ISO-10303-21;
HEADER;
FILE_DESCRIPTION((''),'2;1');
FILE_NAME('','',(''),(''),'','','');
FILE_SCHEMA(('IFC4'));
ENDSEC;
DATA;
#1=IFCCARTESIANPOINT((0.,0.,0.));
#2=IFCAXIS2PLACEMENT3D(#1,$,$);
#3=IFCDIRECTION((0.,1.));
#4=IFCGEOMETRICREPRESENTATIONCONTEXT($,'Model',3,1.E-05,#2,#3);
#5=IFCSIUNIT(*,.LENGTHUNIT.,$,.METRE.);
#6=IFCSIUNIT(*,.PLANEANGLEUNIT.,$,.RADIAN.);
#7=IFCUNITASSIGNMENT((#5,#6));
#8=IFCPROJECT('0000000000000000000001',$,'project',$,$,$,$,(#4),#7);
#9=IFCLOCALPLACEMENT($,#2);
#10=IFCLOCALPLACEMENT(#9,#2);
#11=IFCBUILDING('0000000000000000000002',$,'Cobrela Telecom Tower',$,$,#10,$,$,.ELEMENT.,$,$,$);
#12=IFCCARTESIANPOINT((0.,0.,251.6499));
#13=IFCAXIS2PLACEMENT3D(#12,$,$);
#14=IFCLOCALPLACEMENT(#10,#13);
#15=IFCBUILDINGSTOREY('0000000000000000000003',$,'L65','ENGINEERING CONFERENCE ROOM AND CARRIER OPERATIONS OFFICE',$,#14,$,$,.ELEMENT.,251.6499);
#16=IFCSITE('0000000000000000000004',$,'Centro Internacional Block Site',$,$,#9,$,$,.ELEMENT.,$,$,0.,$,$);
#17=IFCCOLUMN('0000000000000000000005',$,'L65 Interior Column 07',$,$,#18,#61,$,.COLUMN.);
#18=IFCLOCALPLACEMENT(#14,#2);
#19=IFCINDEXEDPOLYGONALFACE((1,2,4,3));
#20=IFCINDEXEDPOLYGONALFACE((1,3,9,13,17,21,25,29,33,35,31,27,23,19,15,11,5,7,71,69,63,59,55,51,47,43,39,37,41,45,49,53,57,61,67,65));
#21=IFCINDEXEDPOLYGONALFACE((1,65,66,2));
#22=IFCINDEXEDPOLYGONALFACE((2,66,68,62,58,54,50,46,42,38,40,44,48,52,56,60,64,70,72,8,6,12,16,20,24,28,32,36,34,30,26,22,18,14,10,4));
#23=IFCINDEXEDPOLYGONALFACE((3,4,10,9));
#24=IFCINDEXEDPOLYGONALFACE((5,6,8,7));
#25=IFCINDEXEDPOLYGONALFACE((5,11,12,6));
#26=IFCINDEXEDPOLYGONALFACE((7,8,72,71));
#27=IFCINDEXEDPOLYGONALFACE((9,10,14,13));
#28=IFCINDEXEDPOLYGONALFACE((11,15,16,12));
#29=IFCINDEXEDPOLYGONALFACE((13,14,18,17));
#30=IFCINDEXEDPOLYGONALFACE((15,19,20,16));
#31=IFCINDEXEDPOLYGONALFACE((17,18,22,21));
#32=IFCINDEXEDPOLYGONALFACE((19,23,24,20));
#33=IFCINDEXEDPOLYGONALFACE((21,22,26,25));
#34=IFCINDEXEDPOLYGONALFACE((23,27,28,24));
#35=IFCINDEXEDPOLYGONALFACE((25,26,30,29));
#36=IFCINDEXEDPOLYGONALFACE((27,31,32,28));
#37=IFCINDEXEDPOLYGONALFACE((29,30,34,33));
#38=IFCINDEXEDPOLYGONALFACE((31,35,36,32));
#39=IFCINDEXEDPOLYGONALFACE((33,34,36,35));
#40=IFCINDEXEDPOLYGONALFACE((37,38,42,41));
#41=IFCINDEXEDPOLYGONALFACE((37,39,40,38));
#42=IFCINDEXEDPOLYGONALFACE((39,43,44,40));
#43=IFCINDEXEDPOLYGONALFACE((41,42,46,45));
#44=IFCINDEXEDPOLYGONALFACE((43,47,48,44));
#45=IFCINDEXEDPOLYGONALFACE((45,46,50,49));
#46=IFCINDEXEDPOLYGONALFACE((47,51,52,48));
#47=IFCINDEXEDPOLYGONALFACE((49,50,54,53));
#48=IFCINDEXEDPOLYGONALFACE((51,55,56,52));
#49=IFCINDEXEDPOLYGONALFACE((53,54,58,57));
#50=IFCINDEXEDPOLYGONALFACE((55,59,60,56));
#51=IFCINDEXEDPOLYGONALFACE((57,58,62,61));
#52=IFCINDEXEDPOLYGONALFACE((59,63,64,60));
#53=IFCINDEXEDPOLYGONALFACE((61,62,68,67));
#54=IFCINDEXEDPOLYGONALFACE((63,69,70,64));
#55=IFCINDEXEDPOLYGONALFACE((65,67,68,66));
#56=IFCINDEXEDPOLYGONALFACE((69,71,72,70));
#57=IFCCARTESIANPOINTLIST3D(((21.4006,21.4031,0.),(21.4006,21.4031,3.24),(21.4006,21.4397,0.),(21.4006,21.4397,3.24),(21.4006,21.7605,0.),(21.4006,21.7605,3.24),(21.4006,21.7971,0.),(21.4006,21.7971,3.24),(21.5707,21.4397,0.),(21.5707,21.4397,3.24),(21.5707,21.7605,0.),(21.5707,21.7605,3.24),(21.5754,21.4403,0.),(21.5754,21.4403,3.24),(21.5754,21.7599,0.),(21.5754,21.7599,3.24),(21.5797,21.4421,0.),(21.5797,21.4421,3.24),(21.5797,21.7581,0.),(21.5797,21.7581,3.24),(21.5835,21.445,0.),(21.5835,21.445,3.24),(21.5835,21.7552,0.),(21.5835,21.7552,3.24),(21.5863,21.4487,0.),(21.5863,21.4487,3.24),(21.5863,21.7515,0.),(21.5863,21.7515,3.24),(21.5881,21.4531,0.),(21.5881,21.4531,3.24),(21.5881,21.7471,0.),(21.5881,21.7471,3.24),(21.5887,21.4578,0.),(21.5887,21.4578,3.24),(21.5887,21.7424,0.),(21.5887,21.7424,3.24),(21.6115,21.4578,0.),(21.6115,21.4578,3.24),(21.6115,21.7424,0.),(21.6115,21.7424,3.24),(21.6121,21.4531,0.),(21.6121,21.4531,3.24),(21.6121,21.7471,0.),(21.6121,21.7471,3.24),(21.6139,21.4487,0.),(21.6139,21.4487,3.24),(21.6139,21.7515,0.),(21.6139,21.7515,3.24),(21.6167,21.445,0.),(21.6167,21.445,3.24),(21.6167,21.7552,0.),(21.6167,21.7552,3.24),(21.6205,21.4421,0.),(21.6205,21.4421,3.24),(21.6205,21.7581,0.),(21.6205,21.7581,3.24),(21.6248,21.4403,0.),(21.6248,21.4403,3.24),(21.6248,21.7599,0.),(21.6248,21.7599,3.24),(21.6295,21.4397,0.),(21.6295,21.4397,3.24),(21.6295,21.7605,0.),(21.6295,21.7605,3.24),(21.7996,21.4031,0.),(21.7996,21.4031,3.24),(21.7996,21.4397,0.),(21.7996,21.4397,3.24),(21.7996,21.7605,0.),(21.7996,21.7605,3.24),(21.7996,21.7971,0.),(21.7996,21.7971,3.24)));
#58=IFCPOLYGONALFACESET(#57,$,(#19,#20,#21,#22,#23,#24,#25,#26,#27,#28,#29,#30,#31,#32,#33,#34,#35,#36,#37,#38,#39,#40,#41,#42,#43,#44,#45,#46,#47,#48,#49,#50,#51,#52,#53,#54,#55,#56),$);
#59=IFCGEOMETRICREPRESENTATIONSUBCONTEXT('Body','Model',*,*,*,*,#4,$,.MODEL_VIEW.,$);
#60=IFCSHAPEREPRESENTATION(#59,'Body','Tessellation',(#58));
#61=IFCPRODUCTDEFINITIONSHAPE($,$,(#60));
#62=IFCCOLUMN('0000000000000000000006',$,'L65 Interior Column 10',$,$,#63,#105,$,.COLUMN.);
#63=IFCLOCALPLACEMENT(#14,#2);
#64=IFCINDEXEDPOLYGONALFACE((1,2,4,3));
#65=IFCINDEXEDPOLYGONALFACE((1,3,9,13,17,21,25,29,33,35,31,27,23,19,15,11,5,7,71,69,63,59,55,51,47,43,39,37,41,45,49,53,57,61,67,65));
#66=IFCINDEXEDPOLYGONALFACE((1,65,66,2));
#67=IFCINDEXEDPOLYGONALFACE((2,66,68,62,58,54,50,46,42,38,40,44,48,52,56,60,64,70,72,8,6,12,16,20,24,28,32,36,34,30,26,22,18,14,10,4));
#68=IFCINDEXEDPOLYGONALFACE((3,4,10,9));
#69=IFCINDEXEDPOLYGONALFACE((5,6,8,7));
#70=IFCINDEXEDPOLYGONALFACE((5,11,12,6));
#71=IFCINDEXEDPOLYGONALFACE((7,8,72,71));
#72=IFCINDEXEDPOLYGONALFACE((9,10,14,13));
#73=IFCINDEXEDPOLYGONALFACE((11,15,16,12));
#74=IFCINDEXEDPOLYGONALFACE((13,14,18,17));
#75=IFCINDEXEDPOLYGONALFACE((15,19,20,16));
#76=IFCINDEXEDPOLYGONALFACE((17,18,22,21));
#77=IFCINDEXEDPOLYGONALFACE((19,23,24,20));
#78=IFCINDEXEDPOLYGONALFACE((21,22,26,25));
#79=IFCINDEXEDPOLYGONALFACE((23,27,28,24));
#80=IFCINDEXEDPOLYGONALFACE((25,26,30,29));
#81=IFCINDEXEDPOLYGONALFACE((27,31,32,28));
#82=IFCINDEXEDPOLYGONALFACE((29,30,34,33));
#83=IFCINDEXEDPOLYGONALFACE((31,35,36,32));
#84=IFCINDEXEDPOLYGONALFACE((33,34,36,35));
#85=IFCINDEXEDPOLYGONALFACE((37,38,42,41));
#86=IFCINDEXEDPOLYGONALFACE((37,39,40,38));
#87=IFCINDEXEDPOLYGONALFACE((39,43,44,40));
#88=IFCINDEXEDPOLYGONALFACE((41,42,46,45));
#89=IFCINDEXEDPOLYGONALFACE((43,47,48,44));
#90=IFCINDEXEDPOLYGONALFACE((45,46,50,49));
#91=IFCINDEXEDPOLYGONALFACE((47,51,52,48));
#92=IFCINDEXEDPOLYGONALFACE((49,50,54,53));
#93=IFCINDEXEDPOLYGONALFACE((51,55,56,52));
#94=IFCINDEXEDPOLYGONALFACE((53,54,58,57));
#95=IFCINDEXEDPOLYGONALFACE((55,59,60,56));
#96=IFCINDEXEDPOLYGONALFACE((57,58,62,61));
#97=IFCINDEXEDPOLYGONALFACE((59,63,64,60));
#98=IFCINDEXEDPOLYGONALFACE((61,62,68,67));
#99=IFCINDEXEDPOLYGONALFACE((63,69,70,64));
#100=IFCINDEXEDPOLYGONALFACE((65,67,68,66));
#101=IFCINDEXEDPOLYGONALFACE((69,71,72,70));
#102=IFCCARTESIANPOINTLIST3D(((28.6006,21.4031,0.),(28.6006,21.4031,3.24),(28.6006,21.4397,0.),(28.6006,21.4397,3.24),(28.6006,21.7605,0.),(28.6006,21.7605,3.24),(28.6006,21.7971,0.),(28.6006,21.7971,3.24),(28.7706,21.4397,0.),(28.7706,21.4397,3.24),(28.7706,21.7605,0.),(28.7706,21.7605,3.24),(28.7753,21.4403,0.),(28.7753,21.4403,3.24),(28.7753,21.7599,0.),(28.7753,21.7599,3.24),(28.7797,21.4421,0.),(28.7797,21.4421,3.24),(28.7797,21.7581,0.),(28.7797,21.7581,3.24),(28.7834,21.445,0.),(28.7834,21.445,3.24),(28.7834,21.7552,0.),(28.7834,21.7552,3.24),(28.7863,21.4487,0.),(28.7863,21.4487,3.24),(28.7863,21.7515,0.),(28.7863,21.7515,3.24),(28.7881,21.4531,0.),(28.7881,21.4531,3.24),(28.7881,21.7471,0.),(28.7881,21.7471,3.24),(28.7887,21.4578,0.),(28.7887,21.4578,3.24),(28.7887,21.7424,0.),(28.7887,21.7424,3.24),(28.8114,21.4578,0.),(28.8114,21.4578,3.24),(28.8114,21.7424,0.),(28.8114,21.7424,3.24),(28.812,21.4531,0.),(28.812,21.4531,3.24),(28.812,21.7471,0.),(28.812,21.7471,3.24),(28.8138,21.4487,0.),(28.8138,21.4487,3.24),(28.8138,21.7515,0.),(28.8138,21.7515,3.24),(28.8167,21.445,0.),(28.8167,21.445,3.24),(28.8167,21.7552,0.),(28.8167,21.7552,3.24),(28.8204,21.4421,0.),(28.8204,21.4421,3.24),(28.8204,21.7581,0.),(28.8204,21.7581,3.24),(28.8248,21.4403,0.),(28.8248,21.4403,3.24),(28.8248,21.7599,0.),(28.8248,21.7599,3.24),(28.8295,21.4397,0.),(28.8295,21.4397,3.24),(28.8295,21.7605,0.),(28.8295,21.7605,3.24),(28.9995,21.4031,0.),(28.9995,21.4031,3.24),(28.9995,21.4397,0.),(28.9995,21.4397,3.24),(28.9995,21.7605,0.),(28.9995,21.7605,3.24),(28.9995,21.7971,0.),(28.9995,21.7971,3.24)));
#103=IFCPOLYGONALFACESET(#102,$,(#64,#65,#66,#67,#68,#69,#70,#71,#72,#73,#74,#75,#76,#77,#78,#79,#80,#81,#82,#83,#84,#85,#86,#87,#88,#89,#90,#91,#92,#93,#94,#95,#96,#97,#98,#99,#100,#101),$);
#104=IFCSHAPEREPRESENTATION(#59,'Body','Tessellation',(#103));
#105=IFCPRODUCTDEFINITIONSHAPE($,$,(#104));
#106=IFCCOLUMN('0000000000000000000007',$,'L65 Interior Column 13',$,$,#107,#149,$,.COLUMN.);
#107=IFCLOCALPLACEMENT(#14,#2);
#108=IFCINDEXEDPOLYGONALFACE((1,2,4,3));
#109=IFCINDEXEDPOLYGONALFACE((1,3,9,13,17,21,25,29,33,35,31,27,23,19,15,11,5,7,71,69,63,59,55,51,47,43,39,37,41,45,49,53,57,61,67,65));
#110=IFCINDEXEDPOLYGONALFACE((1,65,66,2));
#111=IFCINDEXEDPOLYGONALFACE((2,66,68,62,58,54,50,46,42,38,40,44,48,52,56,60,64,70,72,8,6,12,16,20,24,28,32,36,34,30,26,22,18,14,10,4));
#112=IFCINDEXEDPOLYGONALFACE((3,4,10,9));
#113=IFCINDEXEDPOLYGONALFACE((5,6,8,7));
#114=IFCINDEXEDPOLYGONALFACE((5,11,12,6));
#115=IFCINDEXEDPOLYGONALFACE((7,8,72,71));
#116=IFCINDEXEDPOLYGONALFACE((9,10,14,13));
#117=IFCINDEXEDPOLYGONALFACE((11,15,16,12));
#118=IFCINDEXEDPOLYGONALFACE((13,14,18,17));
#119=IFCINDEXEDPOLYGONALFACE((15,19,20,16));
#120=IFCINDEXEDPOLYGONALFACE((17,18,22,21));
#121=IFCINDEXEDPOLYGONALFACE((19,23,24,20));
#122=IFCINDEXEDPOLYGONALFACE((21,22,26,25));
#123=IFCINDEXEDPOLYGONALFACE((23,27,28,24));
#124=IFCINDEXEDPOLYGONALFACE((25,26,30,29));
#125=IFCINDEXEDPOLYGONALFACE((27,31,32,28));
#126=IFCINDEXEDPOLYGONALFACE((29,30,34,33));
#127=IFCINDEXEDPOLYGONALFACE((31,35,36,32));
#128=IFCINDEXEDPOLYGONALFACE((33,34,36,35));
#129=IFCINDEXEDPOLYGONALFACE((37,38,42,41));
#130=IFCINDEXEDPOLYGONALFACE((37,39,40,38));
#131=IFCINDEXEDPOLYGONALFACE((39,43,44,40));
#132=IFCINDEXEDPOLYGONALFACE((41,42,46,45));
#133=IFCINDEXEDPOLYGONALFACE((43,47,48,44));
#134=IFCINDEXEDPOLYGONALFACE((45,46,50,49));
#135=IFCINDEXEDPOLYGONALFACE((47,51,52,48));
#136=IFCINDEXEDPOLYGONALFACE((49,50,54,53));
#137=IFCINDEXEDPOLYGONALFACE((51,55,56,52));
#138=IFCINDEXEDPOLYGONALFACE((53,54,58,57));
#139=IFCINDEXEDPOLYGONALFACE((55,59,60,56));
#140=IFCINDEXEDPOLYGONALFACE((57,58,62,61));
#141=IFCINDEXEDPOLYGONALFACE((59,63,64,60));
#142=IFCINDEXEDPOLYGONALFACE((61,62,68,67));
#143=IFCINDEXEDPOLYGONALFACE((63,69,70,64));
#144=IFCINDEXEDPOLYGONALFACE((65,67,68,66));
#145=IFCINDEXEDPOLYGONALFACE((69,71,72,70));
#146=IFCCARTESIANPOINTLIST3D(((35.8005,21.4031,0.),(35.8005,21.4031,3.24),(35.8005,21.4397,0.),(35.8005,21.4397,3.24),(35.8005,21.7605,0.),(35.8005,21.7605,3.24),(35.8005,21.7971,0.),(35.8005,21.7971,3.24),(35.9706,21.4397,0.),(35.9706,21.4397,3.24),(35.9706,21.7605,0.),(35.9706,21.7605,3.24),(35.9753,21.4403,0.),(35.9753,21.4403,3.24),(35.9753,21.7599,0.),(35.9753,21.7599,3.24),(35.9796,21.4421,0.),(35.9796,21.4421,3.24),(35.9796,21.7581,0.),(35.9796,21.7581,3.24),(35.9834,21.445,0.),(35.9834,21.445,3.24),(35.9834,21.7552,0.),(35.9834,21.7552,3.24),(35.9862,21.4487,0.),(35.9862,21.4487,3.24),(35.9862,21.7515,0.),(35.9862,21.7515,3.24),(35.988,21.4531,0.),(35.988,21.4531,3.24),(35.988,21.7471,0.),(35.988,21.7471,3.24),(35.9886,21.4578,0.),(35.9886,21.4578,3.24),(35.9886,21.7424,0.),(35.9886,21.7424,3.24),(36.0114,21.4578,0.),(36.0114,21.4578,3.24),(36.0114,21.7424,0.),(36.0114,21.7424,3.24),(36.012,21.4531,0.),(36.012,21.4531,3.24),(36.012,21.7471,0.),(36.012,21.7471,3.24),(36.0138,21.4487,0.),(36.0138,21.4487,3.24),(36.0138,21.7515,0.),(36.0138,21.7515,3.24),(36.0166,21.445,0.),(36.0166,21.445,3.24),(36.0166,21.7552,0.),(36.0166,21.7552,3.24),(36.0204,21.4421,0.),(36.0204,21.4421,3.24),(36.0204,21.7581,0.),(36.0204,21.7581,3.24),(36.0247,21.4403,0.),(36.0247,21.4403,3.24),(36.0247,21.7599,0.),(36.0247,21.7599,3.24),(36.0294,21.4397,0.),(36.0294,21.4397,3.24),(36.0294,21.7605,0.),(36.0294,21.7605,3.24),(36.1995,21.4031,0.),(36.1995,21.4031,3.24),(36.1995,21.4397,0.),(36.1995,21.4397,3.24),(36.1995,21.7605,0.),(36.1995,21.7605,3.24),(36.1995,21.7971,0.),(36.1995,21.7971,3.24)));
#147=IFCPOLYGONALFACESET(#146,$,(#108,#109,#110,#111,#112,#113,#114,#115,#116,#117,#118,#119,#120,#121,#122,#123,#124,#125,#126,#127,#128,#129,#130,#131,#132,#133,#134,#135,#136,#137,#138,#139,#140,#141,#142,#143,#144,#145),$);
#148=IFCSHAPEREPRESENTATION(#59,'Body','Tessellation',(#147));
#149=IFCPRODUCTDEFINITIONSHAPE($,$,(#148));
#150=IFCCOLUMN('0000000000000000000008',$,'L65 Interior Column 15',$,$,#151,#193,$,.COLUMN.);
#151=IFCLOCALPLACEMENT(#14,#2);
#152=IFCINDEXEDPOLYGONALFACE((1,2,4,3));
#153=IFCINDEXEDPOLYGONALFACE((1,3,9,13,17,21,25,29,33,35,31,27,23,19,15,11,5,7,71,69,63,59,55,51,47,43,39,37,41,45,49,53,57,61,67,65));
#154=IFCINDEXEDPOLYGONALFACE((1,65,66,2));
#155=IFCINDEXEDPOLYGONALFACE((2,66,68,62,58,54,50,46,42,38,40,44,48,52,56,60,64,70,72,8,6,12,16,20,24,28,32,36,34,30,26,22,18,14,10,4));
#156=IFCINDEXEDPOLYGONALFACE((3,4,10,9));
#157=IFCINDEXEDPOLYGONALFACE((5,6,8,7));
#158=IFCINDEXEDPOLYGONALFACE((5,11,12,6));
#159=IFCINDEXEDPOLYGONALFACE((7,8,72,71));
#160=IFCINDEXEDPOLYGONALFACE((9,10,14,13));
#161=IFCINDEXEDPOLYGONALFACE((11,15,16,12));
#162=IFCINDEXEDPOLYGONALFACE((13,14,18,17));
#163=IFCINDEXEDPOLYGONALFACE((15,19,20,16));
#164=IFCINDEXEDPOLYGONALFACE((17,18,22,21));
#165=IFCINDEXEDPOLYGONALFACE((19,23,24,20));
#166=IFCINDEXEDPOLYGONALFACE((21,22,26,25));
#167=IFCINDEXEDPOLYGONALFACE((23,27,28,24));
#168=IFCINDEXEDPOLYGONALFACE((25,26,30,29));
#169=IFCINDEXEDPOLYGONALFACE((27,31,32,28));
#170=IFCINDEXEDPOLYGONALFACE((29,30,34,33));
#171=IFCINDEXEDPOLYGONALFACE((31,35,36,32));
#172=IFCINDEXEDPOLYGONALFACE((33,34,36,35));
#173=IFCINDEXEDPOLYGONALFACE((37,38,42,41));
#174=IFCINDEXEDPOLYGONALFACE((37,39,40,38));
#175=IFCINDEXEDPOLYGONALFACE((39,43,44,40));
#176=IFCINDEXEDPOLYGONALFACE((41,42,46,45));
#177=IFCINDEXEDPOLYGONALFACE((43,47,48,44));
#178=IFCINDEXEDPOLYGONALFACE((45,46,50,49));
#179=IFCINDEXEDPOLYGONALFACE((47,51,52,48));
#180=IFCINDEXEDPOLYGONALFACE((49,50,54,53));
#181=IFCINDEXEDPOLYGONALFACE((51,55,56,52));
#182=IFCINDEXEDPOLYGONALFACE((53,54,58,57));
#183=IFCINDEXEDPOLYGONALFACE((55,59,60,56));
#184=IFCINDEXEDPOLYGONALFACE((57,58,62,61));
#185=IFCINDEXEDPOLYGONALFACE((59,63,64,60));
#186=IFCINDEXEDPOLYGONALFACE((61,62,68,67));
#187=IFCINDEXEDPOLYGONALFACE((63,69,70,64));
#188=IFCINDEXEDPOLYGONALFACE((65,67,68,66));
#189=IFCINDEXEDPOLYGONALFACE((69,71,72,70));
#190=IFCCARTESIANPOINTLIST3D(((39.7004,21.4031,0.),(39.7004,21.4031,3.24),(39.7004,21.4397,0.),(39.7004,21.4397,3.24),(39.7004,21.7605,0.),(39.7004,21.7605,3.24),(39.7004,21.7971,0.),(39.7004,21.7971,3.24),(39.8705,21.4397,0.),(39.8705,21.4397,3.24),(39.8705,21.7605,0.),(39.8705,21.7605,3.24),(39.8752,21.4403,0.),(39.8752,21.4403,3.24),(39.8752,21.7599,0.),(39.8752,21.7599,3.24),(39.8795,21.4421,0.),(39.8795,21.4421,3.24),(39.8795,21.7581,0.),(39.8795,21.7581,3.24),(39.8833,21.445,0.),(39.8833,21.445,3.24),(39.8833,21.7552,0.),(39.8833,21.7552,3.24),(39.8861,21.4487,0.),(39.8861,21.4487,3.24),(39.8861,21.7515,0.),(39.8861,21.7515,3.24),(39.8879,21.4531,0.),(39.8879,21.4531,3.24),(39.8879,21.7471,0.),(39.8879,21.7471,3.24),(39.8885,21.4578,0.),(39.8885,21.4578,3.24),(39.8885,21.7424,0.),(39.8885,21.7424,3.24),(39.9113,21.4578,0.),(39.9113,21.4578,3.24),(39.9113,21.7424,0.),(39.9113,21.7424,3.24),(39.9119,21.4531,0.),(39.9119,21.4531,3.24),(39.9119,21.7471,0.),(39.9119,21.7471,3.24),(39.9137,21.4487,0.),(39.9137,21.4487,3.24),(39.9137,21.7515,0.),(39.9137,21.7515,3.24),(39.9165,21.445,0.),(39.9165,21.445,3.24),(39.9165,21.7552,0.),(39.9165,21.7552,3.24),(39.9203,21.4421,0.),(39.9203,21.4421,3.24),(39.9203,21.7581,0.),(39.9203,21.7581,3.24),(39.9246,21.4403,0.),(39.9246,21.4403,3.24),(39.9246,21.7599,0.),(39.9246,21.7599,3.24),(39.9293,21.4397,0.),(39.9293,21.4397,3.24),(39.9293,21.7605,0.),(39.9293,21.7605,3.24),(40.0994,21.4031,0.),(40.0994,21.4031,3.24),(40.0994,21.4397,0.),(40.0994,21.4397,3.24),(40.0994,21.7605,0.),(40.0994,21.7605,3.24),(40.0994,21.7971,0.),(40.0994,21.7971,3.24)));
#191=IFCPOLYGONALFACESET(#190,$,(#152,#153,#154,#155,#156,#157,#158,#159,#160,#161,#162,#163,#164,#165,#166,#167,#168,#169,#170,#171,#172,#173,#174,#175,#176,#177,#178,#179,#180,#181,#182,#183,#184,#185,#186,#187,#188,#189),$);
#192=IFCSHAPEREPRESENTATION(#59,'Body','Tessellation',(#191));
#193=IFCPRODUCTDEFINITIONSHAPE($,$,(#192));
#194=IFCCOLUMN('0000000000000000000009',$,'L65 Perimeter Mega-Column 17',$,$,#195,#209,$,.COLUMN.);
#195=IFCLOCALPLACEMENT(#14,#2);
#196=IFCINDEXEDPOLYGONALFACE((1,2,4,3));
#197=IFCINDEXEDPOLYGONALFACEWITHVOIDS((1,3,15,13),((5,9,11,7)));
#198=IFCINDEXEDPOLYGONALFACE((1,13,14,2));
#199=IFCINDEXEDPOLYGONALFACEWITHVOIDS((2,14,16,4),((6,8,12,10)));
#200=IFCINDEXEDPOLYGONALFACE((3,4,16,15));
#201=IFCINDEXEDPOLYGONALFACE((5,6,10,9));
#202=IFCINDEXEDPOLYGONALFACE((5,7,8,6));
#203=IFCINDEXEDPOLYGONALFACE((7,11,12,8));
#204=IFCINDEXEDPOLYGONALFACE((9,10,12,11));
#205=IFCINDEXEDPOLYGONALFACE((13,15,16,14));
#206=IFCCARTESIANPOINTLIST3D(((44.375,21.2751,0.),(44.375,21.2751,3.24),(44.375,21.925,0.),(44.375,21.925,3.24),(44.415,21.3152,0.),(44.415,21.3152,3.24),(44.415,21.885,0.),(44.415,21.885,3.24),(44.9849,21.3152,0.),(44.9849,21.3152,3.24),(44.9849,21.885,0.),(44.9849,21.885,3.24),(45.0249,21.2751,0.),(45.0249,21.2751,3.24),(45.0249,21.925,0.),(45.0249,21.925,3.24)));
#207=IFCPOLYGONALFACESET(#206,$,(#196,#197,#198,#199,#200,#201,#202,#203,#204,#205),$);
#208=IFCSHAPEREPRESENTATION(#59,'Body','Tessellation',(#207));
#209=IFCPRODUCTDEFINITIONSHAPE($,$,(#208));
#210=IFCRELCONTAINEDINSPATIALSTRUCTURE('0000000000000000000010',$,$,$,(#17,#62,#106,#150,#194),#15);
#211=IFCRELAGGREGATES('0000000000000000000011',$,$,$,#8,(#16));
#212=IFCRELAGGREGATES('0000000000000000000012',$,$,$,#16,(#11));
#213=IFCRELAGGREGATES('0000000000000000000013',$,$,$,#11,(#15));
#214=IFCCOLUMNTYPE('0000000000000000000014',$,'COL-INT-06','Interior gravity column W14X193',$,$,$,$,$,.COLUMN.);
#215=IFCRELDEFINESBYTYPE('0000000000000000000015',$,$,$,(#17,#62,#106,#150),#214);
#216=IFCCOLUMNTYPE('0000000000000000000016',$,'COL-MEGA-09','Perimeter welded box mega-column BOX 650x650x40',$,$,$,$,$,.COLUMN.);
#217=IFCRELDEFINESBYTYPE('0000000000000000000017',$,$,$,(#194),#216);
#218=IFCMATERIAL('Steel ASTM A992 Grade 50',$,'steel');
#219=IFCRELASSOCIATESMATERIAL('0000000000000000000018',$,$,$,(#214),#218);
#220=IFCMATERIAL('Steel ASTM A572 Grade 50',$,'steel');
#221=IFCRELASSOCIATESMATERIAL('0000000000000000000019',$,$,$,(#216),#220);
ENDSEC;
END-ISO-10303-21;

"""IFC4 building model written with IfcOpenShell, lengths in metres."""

from ifc_helpers import new_model, si_unit, direction, frame, origin, origin_2d, place, context, subcontext, project, spatial, hollow_rectangle, i_section, extrude, material, material_profile, profile_set, type_object, element, save


model = new_model("IFC4")

# Units and contexts
model_context = context("Model", 3, precision=1e-05, world=origin(), true_north=direction((0.0, 1.0)))
body_context = subcontext(model_context, "Body", "Model", "MODEL_VIEW")
ifc_project = project(units=[si_unit("LENGTHUNIT", "METRE"), si_unit("PLANEANGLEUNIT", "RADIAN")], contexts=[model_context])

# Site, building, storey
site_placement = place(None, origin())
site = spatial("IfcSite", under=ifc_project, at=site_placement, Name="Centro Internacional Block Site", CompositionType="ELEMENT", RefElevation=0.0)
building_placement = place(site_placement, origin())
building = spatial("IfcBuilding", under=site, at=building_placement, Name="Cobrela Telecom Tower", CompositionType="ELEMENT")
storey_placement = place(building_placement, frame((0.0, 0.0, 251.6499)))
storey = spatial("IfcBuildingStorey", under=building, at=storey_placement, Name="L65", Description="ENGINEERING CONFERENCE ROOM AND CARRIER OPERATIONS OFFICE", CompositionType="ELEMENT", Elevation=251.6499)

# Columns
ifc_material_1 = material(Name="Steel ASTM A992 Grade 50", Category="steel")
ifc_material_profile_1 = material_profile(ifc_material_1, i_section(OverallWidth=0.3989, OverallDepth=0.394, WebThickness=0.0227, FlangeThickness=0.0366, FilletRadius=0.0181, at=origin_2d()), Name="W14X193")
ifc_profile_set_1 = profile_set([ifc_material_profile_1], Name="Steel ASTM A992 Grade 50")
column_type_1 = type_object("IfcColumnType", Name="COL-INT-06", Description="Interior gravity column W14X193", PredefinedType="COLUMN", material=ifc_profile_set_1)
for number, where, z_axis, x_axis, name in (
    (1, (21.6001, 21.6001, 0.0), (0.0, 0.0, 1.0), (1.0, 0.0, 0.0), "L65 Interior Column 07"),
    (2, (28.8, 21.6001, 0.0), (0.0, 0.0, 1.0), (1.0, 0.0, 0.0), "L65 Interior Column 10"),
    (3, (36.0, 21.6001, 0.0), (0.0, 0.0, 1.0), (1.0, 0.0, 0.0), "L65 Interior Column 13"),
    (4, (39.8999, 21.6001, 0.0), (0.0, 0.0, 1.0), (1.0, 0.0, 0.0), "L65 Interior Column 15"),
):
    element("IfcColumn", number, at=place(storey_placement, frame(where, z_axis=z_axis, x_axis=x_axis)), inside=storey, type_object=column_type_1, Name=name, PredefinedType="COLUMN", context=body_context, shape_type="SweptSolid", body=[
        extrude(i_section(OverallWidth=0.3989, OverallDepth=0.394, WebThickness=0.0227, FlangeThickness=0.0366, FilletRadius=0.0181, at=origin_2d()), origin(), (0.0, 0.0, 1.0), 3.24),
    ])
ifc_material_2 = material(Name="Steel ASTM A572 Grade 50", Category="steel")
ifc_material_profile_2 = material_profile(ifc_material_2, hollow_rectangle(XDim=0.6499, YDim=0.6499, WallThickness=0.04, at=origin_2d()), Name="BOX 650x650x40")
ifc_profile_set_2 = profile_set([ifc_material_profile_2], Name="Steel ASTM A572 Grade 50")
column_type_2 = type_object("IfcColumnType", Name="COL-MEGA-09", Description="Perimeter welded box mega-column BOX 650x650x40", PredefinedType="COLUMN", material=ifc_profile_set_2)
column_placement = place(storey_placement, frame((44.7, 21.6001, 0.0), z_axis=(0.0, 0.0, 1.0), x_axis=(1.0, 0.0, 0.0)))
element("IfcColumn", 5, at=column_placement, inside=storey, type_object=column_type_2, Name="L65 Perimeter Mega-Column 17", PredefinedType="COLUMN", context=body_context, shape_type="SweptSolid", body=[
    extrude(hollow_rectangle(XDim=0.6499, YDim=0.6499, WallThickness=0.04, at=origin_2d()), origin(), (0.0, 0.0, 1.0), 3.24),
])

save(model, "model.ifc")
